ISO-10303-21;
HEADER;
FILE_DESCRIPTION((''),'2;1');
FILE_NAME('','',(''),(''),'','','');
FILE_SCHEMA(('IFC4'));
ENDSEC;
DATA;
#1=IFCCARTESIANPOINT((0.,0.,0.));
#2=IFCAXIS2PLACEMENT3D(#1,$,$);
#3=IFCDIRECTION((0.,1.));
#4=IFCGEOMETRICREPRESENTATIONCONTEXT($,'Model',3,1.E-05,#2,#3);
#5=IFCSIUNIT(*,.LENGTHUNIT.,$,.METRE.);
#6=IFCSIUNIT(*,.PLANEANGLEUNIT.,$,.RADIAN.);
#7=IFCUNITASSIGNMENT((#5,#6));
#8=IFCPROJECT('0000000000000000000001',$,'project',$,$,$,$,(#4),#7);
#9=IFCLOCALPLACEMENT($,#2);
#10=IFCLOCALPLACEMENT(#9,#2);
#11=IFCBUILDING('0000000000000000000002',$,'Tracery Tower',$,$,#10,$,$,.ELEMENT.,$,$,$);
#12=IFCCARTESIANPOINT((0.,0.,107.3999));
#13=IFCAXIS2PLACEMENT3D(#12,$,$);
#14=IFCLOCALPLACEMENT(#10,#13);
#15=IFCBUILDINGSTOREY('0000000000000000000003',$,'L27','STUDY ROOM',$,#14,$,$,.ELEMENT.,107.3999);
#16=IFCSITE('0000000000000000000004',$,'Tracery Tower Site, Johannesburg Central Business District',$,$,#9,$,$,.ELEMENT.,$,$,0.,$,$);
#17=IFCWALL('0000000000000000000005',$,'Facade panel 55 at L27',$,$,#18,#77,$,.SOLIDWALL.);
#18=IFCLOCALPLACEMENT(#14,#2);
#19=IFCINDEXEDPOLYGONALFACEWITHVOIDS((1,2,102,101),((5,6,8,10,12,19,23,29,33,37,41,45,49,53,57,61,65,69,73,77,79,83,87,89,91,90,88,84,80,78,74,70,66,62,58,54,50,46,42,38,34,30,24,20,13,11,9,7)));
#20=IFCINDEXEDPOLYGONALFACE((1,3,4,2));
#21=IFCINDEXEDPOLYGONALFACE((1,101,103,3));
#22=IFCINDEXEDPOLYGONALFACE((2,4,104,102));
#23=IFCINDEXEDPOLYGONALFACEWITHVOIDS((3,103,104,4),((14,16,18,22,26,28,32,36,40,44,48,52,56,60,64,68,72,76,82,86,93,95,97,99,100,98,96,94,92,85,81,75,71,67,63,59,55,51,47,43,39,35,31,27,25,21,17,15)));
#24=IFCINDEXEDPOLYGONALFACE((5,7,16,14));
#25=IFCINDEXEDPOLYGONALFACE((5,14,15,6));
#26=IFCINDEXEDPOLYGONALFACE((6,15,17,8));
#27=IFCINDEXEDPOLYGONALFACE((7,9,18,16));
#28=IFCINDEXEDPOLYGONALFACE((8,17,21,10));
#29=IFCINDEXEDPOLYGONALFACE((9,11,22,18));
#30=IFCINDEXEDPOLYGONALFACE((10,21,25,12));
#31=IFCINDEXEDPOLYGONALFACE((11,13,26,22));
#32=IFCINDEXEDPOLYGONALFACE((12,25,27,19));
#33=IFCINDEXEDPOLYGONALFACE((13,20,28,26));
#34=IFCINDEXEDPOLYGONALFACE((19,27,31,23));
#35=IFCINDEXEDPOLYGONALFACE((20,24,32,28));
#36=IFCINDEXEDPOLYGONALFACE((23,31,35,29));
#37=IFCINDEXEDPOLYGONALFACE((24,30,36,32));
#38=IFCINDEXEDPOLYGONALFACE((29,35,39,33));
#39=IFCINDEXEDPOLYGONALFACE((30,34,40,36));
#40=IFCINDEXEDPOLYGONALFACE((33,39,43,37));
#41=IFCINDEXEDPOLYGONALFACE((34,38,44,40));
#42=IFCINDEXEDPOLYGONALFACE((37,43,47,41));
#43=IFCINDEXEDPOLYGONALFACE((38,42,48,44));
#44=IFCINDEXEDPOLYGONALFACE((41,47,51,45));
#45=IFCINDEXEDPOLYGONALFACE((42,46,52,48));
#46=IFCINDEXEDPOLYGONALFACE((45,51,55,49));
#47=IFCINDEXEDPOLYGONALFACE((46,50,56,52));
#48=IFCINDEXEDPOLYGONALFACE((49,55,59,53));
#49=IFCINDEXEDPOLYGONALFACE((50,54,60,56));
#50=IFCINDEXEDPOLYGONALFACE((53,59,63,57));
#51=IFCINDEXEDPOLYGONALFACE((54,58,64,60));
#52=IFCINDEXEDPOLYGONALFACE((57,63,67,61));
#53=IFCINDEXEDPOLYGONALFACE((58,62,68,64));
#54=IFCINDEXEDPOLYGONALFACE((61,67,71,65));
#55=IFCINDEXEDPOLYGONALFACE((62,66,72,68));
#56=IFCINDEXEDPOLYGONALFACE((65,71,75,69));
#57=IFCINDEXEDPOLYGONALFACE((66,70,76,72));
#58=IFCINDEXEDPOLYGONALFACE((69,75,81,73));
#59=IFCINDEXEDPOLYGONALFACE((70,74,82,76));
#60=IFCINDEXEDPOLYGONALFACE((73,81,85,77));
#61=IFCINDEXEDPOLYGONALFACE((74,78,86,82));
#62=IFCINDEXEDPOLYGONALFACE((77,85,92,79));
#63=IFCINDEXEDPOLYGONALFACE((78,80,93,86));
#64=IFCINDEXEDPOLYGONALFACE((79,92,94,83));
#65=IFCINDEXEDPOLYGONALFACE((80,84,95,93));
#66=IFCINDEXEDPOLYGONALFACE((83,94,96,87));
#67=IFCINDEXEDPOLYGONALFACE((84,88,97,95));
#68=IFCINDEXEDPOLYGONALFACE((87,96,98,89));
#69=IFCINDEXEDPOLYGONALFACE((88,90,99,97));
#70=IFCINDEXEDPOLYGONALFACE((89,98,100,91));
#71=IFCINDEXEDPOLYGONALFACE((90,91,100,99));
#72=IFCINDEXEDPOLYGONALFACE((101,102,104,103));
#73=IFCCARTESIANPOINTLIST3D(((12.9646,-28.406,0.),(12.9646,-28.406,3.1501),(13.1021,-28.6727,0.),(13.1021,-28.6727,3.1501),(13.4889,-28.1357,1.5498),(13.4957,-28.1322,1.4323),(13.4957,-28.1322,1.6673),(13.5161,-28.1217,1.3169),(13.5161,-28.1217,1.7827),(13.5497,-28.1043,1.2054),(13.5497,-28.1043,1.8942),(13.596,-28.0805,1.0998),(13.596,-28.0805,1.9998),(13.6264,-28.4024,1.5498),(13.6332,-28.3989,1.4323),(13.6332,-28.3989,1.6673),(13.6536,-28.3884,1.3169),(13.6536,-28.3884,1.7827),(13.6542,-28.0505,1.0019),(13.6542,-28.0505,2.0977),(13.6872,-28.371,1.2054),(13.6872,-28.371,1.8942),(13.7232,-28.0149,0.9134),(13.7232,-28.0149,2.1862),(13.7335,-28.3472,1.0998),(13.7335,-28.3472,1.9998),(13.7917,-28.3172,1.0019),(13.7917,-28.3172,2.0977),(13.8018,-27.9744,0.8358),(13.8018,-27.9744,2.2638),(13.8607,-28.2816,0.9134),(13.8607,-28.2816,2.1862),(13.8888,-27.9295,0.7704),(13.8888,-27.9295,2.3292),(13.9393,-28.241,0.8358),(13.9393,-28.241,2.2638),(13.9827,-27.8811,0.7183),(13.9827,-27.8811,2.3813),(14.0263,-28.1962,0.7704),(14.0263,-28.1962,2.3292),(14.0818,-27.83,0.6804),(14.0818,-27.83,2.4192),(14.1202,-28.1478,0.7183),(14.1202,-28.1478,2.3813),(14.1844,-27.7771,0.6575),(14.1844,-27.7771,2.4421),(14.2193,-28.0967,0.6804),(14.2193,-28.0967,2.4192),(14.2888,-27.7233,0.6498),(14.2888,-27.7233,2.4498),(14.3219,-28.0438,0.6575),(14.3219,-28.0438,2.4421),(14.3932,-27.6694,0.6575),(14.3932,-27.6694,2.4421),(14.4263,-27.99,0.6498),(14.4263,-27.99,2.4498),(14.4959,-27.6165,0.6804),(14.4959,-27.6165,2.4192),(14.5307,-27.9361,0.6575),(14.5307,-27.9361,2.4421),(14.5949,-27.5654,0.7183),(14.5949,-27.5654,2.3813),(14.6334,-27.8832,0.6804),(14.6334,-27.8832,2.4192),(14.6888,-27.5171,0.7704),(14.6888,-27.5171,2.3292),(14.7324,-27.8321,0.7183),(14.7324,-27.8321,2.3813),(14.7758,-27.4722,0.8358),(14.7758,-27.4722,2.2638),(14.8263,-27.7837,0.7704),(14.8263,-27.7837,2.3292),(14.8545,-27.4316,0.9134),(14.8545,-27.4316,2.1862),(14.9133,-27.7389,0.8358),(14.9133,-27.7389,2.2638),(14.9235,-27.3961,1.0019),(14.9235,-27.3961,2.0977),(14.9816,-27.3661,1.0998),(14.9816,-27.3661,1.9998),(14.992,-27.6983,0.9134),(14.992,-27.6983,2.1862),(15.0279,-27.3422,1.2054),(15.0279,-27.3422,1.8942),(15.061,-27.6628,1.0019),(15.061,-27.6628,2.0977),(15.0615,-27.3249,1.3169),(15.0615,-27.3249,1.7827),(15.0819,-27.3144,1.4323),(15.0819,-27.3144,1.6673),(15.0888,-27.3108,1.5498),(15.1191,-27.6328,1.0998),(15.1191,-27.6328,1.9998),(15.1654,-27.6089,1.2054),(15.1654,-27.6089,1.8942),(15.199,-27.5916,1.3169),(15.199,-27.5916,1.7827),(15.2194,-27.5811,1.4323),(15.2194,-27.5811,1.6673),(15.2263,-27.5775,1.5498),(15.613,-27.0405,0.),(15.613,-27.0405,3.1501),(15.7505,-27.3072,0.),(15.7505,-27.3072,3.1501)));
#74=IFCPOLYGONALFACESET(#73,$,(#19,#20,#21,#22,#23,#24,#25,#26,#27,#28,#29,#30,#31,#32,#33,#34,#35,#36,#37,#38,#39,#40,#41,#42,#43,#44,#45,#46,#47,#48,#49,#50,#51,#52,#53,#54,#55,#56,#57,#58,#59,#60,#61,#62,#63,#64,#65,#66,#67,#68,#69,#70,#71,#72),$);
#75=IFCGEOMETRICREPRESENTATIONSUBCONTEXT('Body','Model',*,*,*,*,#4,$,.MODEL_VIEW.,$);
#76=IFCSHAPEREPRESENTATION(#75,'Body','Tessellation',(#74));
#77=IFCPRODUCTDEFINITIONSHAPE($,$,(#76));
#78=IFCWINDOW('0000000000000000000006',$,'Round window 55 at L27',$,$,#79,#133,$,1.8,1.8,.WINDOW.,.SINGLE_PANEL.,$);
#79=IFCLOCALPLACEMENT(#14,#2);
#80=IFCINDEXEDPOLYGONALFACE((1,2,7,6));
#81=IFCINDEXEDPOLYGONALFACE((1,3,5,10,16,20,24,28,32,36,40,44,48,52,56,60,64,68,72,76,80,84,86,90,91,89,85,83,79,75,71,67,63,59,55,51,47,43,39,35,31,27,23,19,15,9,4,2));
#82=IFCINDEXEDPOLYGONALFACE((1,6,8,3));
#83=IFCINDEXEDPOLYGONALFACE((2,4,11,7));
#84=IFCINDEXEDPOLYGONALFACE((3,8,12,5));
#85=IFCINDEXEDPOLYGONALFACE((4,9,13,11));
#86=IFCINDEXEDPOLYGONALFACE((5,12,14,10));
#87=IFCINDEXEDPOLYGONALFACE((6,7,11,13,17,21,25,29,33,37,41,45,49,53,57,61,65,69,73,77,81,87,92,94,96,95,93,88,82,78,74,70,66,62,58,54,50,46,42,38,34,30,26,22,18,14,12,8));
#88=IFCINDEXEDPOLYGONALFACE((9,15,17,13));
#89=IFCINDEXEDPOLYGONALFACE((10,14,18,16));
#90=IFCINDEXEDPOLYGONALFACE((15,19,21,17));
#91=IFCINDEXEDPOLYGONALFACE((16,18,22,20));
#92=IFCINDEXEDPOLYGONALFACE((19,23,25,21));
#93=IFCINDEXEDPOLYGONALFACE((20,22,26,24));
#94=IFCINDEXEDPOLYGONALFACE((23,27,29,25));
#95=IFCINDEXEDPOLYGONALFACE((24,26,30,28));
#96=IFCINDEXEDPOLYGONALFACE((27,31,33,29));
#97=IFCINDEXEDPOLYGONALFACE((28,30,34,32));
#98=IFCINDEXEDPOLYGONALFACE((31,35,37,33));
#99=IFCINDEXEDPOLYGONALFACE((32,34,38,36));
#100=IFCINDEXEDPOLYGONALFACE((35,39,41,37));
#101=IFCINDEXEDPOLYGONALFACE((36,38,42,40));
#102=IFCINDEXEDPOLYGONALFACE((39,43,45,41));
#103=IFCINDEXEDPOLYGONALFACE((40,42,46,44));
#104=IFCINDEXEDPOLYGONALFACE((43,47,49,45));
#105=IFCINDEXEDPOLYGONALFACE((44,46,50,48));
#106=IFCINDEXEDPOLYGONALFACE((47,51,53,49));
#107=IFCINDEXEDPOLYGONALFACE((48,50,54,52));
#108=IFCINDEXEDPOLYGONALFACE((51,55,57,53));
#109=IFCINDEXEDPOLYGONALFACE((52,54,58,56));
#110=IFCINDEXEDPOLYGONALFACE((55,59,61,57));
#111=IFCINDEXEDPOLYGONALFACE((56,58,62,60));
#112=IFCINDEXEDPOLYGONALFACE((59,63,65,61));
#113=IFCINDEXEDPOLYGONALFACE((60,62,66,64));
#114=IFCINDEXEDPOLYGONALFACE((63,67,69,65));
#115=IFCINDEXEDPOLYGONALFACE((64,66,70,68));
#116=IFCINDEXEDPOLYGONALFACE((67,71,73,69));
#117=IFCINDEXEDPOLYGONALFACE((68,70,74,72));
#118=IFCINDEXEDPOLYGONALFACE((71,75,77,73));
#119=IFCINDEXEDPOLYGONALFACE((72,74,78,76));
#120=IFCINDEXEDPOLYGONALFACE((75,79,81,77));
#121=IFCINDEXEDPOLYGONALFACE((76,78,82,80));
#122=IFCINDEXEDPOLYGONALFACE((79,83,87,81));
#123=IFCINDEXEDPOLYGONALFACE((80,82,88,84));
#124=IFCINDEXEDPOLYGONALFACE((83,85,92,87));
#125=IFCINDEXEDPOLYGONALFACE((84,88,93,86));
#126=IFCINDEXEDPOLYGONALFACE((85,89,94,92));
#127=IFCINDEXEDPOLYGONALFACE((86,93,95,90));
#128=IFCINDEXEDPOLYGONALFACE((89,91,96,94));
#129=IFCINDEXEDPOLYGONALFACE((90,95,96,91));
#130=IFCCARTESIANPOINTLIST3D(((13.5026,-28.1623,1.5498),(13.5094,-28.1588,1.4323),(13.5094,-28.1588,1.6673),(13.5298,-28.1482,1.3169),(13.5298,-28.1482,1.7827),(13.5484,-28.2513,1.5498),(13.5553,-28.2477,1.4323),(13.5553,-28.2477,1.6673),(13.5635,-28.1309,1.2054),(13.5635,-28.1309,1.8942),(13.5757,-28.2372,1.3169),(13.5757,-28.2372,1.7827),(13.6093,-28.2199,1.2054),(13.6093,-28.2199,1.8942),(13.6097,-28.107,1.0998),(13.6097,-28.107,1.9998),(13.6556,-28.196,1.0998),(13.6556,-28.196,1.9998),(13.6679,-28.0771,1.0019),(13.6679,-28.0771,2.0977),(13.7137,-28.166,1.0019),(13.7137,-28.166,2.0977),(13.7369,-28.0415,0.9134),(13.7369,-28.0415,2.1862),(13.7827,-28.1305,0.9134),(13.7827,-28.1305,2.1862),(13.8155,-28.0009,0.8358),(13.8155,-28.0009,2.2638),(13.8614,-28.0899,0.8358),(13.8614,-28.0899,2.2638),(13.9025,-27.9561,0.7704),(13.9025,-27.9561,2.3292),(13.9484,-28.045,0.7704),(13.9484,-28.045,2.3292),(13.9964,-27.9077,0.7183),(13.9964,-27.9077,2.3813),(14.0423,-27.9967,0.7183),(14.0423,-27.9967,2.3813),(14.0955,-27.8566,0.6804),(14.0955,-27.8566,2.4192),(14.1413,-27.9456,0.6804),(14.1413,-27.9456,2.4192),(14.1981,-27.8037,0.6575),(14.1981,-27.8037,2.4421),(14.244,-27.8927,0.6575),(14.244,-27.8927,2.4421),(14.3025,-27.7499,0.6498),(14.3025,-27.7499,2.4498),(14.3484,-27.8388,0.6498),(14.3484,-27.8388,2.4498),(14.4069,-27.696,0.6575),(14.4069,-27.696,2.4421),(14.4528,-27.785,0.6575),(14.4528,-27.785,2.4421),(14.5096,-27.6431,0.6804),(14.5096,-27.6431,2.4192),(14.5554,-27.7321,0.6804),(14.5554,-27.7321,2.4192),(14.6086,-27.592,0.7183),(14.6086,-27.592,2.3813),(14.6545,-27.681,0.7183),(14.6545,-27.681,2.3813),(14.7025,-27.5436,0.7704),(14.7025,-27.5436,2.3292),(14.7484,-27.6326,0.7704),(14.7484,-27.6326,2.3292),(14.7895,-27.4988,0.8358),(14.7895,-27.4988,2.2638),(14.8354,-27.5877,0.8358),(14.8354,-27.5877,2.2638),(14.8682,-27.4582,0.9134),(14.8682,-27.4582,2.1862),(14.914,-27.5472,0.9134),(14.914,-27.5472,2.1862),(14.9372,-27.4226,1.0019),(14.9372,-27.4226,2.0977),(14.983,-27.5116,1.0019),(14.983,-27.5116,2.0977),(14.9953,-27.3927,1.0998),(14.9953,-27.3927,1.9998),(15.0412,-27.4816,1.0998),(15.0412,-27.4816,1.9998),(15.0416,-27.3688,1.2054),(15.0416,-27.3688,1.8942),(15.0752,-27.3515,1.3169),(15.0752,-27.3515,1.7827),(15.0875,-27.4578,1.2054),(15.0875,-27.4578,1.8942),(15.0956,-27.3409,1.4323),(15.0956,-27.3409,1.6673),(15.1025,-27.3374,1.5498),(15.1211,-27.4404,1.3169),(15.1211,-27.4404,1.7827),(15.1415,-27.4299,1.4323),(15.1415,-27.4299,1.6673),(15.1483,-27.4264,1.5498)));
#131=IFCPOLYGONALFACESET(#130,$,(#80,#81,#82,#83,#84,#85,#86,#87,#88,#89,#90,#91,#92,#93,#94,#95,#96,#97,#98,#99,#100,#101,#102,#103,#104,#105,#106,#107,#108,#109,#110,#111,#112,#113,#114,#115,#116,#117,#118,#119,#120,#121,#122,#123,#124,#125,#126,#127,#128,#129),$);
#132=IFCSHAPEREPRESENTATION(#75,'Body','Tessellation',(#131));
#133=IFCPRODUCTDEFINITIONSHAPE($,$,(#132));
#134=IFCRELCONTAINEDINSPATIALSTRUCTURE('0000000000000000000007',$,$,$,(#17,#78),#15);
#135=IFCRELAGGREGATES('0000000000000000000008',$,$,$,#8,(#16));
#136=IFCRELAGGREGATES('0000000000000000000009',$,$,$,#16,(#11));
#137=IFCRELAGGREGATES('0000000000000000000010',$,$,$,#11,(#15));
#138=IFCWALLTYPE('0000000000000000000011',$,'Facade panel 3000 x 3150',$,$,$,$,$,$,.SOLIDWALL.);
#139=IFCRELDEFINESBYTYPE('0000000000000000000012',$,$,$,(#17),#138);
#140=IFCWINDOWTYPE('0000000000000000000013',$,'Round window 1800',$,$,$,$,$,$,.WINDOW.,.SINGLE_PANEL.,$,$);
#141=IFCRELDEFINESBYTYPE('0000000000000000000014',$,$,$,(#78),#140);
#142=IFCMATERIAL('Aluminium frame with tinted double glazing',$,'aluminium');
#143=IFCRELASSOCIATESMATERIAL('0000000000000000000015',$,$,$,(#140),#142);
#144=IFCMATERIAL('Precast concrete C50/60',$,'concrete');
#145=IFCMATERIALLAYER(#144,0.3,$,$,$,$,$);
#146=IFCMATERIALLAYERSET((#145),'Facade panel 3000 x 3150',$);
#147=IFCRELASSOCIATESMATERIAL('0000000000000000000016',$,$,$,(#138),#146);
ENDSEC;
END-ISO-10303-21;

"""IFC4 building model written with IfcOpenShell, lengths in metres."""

from ifc_helpers import new_model, si_unit, direction, frame, frame_2d, origin, origin_2d, place, context, subcontext, project, spatial, rectangle, circle, extrude, material, layer, layer_set, type_object, element, fill, save


model = new_model("IFC4")

# Units and contexts
model_context = context("Model", 3, precision=1e-05, world=origin(), true_north=direction((0.0, 1.0)))
body_context = subcontext(model_context, "Body", "Model", "MODEL_VIEW")
ifc_project = project(units=[si_unit("LENGTHUNIT", "METRE"), si_unit("PLANEANGLEUNIT", "RADIAN")], contexts=[model_context])

# Site, building, storey
site_placement = place(None, origin())
site = spatial("IfcSite", under=ifc_project, at=site_placement, Name="Tracery Tower Site, Johannesburg Central Business District", CompositionType="ELEMENT", RefElevation=0.0)
building_placement = place(site_placement, origin())
building = spatial("IfcBuilding", under=site, at=building_placement, Name="Tracery Tower", CompositionType="ELEMENT")
storey_placement = place(building_placement, frame((0.0, 0.0, 107.3999)))
storey = spatial("IfcBuildingStorey", under=building, at=storey_placement, Name="L27", Description="STUDY ROOM", CompositionType="ELEMENT", Elevation=107.3999)

# Wall, opening, window
ifc_material_1 = material(Name="Aluminium frame with tinted double glazing", Category="aluminium")
window_type = type_object("IfcWindowType", Name="Round window 1800", PartitioningType="SINGLE_PANEL", PredefinedType="WINDOW", material=ifc_material_1)
ifc_material_2 = material(Name="Precast concrete C50/60", Category="concrete")
ifc_layer_1 = layer(ifc_material_2, 0.3)
ifc_layer_set_1 = layer_set([ifc_layer_1], Name="Facade panel 3000 x 3150")
wall_type_1 = type_object("IfcWallType", Name="Facade panel 3000 x 3150", PredefinedType="SOLIDWALL", material=ifc_layer_set_1)
wall_1_placement = place(storey_placement, frame((13.0334, -28.5393, 0.0), z_axis=(0.0, 0.0, 1.0), x_axis=(0.88882, 0.458257, 0.0)))
wall_1 = element("IfcWall", 1, at=wall_1_placement, inside=storey, type_object=wall_type_1, Name="Facade panel 55 at L27", PredefinedType="SOLIDWALL", context=body_context, shape_type="SweptSolid", body=[
    extrude(rectangle(XDim=2.9797, YDim=0.3, at=frame_2d((1.4897, 0.0))), origin(), (0.0, 0.0, 1.0), 3.1501),
])
opening_1_placement = place(wall_1_placement, frame((1.4897, 0.0, 1.5498)))
opening_1 = element("IfcOpeningElement", 2, at=opening_1_placement, cuts=wall_1, PredefinedType="OPENING", context=body_context, shape_type="SweptSolid", body=[
    extrude(circle(Radius=0.9, at=origin_2d()), frame((0.0, 0.1599, 0.0), z_axis=(0.0, -1.0, 0.0), x_axis=(1.0, 0.0, 0.0)), (0.0, 0.0, 1.0), 0.3201),
])
window_1_placement = place(opening_1_placement, origin())
window_1 = element("IfcWindow", 3, at=window_1_placement, inside=storey, type_object=window_type, Name="Round window 55 at L27", OverallHeight=1.8, OverallWidth=1.8, PartitioningType="SINGLE_PANEL", PredefinedType="WINDOW", context=body_context, shape_type="SweptSolid", body=[
    extrude(circle(Radius=0.9, at=origin_2d()), frame((0.0, 0.1201, 0.0), z_axis=(0.0, -1.0, 0.0), x_axis=(1.0, 0.0, 0.0)), (0.0, 0.0, 1.0), 0.1001),
])
fill(opening_1, window_1)

save(model, "model.ifc")
